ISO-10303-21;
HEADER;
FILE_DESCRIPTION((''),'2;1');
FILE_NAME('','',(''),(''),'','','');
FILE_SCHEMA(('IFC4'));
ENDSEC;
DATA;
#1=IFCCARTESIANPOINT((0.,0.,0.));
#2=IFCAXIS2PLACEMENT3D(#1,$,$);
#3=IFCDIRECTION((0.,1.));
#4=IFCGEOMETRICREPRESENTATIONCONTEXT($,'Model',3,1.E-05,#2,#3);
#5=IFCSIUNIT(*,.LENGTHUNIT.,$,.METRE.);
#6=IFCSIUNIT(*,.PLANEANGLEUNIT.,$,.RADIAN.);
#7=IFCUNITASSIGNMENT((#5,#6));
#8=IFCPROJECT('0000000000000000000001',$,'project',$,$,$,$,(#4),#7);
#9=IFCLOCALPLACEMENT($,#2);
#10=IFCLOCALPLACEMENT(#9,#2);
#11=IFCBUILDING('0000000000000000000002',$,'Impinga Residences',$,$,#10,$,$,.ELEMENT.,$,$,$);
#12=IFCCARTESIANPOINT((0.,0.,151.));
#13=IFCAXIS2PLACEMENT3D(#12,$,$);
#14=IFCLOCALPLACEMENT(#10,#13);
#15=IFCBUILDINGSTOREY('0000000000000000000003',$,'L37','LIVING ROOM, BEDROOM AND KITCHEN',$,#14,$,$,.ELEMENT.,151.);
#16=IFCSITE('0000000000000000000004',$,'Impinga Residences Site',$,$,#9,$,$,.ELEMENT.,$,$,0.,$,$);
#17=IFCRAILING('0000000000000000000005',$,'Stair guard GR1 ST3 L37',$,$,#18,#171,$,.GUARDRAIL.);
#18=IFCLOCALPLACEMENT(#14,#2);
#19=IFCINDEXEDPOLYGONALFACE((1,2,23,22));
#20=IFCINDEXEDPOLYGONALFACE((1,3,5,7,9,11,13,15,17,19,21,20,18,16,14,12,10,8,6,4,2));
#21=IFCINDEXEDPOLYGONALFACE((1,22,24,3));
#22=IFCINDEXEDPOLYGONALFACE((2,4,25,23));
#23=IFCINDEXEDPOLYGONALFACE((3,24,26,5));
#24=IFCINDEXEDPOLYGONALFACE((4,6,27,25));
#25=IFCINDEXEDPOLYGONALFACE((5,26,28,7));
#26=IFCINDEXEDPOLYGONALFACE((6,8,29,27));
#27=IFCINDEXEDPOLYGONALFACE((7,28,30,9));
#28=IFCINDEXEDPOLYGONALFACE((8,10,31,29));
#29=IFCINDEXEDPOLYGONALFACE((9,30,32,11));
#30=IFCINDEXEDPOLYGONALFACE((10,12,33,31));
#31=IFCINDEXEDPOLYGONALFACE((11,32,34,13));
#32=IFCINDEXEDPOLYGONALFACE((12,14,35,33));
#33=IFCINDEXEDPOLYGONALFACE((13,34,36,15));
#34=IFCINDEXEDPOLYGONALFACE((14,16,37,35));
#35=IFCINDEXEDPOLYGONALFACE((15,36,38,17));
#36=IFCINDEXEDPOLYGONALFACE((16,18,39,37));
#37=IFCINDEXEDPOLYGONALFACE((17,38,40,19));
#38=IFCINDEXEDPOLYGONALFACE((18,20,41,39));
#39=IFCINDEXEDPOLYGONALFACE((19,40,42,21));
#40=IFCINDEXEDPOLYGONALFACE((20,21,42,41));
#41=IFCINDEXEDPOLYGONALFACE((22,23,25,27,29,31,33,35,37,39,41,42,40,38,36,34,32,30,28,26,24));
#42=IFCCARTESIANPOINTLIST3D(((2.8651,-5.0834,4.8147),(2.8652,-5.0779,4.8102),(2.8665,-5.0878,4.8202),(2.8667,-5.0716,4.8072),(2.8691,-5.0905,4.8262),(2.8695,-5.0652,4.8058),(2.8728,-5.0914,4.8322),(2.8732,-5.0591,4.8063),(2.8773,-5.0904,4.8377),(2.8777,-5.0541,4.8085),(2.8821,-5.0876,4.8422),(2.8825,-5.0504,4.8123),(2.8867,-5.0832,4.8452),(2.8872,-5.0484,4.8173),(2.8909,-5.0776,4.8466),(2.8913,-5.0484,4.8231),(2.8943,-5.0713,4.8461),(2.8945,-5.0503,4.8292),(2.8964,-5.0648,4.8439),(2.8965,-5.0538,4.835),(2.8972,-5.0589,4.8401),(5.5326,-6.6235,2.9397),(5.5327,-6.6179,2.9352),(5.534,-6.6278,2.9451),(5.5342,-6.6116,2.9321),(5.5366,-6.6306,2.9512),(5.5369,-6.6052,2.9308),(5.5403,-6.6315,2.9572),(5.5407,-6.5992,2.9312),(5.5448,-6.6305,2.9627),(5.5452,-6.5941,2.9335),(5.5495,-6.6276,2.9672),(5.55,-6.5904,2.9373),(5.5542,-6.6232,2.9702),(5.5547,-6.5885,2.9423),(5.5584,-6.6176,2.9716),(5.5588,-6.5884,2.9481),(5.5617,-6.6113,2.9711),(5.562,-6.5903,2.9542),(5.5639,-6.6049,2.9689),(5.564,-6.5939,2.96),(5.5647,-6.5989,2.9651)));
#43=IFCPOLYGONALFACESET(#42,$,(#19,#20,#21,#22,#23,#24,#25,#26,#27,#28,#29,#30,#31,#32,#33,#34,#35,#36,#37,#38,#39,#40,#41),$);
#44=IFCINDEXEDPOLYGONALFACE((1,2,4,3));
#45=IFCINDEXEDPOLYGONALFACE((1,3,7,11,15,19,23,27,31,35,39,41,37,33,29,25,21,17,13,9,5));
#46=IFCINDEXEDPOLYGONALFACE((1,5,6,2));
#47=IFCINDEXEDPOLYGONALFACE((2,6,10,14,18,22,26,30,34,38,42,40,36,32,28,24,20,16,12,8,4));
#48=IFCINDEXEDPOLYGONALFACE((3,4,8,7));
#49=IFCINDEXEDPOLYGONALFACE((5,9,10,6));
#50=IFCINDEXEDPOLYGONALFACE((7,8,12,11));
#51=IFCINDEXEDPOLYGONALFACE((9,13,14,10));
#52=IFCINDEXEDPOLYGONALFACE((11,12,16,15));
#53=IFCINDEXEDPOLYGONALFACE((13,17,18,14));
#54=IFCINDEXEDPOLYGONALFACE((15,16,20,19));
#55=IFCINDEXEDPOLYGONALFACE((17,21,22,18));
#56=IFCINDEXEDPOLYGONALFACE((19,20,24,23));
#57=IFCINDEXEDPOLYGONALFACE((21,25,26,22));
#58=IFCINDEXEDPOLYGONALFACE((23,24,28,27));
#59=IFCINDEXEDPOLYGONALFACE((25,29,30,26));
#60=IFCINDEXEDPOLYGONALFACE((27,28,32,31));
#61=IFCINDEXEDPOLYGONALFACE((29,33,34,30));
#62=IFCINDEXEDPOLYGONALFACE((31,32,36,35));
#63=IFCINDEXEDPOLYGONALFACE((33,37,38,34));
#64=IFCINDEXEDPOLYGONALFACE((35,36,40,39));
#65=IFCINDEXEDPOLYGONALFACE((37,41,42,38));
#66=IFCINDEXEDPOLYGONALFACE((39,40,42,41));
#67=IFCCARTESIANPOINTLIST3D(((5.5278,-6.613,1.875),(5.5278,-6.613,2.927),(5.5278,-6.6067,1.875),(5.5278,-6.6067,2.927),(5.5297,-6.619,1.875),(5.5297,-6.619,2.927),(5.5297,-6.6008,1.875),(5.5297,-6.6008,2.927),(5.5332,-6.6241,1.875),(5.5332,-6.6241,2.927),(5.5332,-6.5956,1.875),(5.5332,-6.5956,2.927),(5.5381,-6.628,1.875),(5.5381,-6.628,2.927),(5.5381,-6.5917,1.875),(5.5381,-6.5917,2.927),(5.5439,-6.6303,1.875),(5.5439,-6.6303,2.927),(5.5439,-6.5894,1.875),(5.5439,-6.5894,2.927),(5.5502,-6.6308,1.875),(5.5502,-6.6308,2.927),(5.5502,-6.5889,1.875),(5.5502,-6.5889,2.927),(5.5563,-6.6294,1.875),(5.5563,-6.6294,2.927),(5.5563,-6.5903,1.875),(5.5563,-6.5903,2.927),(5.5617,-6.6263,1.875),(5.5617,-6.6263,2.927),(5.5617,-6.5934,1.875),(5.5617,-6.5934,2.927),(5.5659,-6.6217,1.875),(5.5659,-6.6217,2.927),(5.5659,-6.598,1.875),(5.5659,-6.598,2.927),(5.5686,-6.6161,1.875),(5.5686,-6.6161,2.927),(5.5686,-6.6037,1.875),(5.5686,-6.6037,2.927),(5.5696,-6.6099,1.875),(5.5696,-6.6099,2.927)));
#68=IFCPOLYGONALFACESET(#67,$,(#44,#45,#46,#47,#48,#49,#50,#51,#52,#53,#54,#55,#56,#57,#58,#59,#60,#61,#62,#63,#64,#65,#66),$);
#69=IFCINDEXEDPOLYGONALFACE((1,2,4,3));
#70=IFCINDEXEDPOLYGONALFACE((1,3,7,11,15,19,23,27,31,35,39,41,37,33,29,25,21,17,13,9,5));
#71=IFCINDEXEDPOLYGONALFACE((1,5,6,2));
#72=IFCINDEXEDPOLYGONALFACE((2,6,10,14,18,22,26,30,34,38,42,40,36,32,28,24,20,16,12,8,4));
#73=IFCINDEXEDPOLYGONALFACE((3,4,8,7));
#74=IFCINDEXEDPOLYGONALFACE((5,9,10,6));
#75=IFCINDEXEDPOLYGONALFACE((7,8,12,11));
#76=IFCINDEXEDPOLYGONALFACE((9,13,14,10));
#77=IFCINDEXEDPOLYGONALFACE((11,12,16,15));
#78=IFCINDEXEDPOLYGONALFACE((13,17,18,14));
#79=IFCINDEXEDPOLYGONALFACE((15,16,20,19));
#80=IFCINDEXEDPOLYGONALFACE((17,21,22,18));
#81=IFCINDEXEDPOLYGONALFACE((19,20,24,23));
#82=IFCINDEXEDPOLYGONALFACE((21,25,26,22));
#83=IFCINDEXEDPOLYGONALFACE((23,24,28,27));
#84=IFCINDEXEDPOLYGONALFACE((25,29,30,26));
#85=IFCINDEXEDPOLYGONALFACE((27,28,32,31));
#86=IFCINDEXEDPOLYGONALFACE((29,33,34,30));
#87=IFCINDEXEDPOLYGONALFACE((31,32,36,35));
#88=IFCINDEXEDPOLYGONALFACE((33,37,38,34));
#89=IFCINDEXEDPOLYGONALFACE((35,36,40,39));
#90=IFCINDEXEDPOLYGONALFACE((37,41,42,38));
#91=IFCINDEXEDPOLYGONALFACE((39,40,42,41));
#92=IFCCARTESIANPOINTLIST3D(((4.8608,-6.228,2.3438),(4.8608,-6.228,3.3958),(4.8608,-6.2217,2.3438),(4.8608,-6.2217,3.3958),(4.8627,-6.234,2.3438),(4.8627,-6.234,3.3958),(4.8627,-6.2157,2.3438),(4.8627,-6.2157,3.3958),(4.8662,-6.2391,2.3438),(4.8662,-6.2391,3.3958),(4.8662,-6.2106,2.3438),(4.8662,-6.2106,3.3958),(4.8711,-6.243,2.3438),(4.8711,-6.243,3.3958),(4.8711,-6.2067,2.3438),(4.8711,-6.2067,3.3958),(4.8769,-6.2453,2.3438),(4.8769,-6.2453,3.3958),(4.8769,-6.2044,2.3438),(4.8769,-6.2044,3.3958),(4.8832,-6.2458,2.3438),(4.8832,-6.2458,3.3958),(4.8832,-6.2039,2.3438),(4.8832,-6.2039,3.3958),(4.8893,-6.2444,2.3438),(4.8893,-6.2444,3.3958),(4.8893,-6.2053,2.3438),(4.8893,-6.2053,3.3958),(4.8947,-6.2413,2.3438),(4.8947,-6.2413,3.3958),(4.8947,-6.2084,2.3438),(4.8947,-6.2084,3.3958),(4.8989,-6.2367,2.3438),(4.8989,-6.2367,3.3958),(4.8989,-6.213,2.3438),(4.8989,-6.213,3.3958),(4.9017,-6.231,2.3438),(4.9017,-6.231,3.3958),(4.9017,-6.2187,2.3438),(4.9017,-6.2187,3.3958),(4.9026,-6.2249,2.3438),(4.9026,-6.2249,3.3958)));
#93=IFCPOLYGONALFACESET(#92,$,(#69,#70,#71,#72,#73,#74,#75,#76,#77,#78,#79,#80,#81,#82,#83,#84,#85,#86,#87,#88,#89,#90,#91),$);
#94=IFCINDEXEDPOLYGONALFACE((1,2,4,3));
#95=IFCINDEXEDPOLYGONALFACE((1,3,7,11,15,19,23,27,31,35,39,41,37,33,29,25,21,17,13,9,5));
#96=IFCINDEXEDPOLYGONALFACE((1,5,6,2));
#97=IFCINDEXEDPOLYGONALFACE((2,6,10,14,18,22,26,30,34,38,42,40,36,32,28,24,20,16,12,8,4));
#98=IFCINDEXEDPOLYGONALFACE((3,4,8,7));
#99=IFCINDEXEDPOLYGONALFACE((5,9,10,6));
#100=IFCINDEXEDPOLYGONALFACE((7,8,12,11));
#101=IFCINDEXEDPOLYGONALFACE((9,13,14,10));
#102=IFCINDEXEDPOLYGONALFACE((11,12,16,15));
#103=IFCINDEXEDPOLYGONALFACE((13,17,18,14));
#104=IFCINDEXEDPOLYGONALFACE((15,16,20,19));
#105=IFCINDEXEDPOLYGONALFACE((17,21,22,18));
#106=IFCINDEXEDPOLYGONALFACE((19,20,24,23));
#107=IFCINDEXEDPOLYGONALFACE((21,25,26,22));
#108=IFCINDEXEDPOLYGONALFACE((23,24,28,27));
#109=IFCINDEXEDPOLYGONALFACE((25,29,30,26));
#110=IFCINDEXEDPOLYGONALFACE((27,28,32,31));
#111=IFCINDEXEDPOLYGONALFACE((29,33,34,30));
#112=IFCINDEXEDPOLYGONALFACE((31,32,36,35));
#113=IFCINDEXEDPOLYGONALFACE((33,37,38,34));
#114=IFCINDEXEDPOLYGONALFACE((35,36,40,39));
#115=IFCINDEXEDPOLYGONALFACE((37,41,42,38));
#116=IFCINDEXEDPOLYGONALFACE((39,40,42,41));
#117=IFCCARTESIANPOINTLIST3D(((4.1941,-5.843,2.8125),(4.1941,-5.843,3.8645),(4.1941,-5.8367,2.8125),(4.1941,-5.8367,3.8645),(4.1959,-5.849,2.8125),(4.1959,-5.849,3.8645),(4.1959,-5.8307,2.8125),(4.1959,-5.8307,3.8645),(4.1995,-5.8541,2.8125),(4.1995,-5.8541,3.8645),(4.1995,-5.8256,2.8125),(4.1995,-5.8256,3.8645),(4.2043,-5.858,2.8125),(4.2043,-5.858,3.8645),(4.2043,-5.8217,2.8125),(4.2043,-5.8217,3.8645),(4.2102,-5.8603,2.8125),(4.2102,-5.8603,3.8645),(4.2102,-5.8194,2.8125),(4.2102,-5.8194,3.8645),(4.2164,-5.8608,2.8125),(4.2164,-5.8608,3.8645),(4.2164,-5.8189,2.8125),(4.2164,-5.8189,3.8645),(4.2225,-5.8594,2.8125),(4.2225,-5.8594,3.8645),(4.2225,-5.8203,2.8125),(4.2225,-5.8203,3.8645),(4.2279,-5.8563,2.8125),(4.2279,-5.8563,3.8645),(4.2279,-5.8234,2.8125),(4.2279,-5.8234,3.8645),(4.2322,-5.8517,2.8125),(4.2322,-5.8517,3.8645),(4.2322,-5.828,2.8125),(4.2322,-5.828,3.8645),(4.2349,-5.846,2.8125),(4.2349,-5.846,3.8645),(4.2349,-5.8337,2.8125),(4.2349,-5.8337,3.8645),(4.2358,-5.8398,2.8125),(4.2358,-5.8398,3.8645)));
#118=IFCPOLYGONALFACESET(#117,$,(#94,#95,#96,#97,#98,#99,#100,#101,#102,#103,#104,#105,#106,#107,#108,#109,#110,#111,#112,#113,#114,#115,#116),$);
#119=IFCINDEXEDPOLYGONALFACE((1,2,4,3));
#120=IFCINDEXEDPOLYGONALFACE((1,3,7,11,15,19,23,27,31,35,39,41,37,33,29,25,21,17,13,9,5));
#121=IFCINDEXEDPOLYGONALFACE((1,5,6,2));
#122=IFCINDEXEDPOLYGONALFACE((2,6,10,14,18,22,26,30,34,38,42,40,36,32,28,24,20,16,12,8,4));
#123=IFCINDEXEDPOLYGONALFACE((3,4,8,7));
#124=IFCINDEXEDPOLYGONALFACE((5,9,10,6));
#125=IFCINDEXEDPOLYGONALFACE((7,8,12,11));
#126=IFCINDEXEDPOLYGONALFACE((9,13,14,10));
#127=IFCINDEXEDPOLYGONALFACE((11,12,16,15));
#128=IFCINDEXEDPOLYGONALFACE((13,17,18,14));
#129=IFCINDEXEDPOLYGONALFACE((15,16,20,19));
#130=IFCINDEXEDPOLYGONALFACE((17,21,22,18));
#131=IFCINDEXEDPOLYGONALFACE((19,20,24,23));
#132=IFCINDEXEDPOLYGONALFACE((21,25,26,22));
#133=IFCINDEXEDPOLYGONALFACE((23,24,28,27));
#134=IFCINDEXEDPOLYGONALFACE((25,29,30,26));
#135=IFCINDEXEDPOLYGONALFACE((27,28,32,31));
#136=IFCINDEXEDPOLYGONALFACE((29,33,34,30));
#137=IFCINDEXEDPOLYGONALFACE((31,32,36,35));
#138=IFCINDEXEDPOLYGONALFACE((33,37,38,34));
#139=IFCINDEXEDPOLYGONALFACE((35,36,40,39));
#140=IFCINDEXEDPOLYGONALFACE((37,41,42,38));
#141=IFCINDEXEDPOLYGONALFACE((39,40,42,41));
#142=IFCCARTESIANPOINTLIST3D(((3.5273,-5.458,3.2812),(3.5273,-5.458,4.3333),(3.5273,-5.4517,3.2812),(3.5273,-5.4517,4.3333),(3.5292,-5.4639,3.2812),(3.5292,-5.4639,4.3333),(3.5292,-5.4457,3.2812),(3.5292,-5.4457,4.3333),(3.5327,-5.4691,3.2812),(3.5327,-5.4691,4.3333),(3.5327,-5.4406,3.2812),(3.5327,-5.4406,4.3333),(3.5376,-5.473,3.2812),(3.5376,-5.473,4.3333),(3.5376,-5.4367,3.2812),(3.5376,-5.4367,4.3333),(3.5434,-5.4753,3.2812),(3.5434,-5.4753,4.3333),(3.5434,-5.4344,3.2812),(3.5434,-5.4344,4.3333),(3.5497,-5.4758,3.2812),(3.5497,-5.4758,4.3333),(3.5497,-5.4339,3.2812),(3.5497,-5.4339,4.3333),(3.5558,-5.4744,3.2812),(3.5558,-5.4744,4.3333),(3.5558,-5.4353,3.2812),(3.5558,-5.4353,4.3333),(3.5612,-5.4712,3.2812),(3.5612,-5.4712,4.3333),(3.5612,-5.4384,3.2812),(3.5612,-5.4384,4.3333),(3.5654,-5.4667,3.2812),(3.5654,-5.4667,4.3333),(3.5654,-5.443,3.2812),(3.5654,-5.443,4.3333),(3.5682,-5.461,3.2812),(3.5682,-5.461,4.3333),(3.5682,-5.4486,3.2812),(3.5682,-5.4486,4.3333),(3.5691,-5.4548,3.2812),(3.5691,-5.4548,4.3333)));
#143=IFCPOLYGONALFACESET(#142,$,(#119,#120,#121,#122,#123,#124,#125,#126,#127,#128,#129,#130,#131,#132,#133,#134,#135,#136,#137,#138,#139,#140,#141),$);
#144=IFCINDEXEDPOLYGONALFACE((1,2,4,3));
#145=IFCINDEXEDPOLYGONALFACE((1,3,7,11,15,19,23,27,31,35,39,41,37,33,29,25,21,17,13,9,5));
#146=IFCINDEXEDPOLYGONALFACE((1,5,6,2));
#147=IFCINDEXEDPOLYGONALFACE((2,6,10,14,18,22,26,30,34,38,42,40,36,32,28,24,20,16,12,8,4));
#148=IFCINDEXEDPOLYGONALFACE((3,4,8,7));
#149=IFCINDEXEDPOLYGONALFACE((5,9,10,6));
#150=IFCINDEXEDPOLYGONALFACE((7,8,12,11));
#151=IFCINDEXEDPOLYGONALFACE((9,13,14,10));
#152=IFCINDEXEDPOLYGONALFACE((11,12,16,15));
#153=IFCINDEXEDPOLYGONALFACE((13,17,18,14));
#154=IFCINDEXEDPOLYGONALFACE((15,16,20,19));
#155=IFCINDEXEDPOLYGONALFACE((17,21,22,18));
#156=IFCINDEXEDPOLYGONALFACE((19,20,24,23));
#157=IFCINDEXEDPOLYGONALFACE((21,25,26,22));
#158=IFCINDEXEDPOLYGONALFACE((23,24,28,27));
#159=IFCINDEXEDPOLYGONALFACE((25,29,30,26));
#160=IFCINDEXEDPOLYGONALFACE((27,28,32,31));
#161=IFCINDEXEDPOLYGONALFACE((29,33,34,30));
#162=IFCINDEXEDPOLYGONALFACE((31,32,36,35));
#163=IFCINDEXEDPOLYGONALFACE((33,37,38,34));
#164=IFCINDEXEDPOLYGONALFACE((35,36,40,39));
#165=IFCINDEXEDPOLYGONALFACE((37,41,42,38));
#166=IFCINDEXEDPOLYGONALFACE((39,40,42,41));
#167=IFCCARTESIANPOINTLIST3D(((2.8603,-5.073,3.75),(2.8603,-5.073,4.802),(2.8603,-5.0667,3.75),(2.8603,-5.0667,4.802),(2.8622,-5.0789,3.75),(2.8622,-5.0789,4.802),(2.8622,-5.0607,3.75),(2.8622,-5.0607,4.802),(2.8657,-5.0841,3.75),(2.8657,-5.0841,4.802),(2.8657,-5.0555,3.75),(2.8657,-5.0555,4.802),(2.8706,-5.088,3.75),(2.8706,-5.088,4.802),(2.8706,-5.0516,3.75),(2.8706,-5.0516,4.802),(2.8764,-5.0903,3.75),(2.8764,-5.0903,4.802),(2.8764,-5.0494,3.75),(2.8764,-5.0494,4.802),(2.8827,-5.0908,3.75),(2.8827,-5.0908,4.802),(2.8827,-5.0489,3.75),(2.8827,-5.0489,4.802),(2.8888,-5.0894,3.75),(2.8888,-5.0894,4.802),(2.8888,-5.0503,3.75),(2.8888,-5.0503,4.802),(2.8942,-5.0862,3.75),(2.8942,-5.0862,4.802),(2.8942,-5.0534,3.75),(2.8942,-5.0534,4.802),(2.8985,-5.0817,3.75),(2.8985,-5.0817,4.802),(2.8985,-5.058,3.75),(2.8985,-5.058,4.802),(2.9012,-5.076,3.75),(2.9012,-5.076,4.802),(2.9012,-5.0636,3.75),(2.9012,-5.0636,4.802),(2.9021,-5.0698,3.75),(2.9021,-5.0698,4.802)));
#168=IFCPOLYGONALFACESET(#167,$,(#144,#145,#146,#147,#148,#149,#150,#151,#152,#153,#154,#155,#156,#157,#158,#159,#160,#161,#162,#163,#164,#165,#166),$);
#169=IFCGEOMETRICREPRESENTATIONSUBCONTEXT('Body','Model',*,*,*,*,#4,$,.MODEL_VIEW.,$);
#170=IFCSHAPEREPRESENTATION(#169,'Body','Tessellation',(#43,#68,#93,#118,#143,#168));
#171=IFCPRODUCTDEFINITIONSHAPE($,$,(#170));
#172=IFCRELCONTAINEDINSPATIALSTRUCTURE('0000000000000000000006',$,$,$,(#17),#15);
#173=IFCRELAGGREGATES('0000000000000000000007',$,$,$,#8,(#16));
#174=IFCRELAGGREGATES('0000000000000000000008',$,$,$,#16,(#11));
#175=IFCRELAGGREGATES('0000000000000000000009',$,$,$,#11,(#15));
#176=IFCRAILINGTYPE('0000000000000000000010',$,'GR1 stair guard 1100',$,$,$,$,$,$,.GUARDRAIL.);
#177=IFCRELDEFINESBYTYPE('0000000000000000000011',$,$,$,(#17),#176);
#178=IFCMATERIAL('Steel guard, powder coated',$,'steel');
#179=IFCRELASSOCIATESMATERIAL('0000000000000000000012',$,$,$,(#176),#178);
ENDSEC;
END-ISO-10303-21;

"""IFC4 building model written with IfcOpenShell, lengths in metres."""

from ifc_helpers import new_model, si_unit, direction, frame, origin, origin_2d, place, context, subcontext, project, spatial, circle, extrude, material, type_object, element, save


model = new_model("IFC4")

# Units and contexts
model_context = context("Model", 3, precision=1e-05, world=origin(), true_north=direction((0.0, 1.0)))
body_context = subcontext(model_context, "Body", "Model", "MODEL_VIEW")
ifc_project = project(units=[si_unit("LENGTHUNIT", "METRE"), si_unit("PLANEANGLEUNIT", "RADIAN")], contexts=[model_context])

# Site, building, storey
site_placement = place(None, origin())
site = spatial("IfcSite", under=ifc_project, at=site_placement, Name="Impinga Residences Site", CompositionType="ELEMENT", RefElevation=0.0)
building_placement = place(site_placement, origin())
building = spatial("IfcBuilding", under=site, at=building_placement, Name="Impinga Residences", CompositionType="ELEMENT")
storey_placement = place(building_placement, frame((0.0, 0.0, 151.0)))
storey = spatial("IfcBuildingStorey", under=building, at=storey_placement, Name="L37", Description="LIVING ROOM, BEDROOM AND KITCHEN", CompositionType="ELEMENT", Elevation=151.0)

# Railing
ifc_material_1 = material(Name="Steel guard, powder coated", Category="steel")
railing_type_1 = type_object("IfcRailingType", Name="GR1 stair guard 1100", PredefinedType="GUARDRAIL", material=ifc_material_1)
railing_1_placement = place(storey_placement, frame((5.5486, -6.6099, 1.875)))
element("IfcRailing", 1, at=railing_1_placement, inside=storey, type_object=railing_type_1, Name="Stair guard GR1 ST3 L37", PredefinedType="GUARDRAIL", context=body_context, shape_type="SweptSolid", body=[
    extrude(circle(Radius=0.0239, at=origin_2d()), frame((0.0, 0.0, 1.0762), z_axis=(-0.739746, 0.427084, 0.519975), x_axis=(-0.499992, -0.86603, 0.0)), (0.0, 0.0, 1.0), 3.606),
    extrude(circle(Radius=0.021, at=origin_2d()), origin(), (0.0, 0.0, 1.0), 1.052),
    extrude(circle(Radius=0.021, at=origin_2d()), frame((-0.667, 0.385, 0.4688)), (0.0, 0.0, 1.0), 1.052),
    extrude(circle(Radius=0.021, at=origin_2d()), frame((-1.3337, 0.77, 0.9375)), (0.0, 0.0, 1.0), 1.052),
    extrude(circle(Radius=0.021, at=origin_2d()), frame((-2.0005, 1.155, 1.4062)), (0.0, 0.0, 1.0), 1.052),
    extrude(circle(Radius=0.021, at=origin_2d()), frame((-2.6675, 1.54, 1.875)), (0.0, 0.0, 1.0), 1.052),
])

save(model, "model.ifc")
